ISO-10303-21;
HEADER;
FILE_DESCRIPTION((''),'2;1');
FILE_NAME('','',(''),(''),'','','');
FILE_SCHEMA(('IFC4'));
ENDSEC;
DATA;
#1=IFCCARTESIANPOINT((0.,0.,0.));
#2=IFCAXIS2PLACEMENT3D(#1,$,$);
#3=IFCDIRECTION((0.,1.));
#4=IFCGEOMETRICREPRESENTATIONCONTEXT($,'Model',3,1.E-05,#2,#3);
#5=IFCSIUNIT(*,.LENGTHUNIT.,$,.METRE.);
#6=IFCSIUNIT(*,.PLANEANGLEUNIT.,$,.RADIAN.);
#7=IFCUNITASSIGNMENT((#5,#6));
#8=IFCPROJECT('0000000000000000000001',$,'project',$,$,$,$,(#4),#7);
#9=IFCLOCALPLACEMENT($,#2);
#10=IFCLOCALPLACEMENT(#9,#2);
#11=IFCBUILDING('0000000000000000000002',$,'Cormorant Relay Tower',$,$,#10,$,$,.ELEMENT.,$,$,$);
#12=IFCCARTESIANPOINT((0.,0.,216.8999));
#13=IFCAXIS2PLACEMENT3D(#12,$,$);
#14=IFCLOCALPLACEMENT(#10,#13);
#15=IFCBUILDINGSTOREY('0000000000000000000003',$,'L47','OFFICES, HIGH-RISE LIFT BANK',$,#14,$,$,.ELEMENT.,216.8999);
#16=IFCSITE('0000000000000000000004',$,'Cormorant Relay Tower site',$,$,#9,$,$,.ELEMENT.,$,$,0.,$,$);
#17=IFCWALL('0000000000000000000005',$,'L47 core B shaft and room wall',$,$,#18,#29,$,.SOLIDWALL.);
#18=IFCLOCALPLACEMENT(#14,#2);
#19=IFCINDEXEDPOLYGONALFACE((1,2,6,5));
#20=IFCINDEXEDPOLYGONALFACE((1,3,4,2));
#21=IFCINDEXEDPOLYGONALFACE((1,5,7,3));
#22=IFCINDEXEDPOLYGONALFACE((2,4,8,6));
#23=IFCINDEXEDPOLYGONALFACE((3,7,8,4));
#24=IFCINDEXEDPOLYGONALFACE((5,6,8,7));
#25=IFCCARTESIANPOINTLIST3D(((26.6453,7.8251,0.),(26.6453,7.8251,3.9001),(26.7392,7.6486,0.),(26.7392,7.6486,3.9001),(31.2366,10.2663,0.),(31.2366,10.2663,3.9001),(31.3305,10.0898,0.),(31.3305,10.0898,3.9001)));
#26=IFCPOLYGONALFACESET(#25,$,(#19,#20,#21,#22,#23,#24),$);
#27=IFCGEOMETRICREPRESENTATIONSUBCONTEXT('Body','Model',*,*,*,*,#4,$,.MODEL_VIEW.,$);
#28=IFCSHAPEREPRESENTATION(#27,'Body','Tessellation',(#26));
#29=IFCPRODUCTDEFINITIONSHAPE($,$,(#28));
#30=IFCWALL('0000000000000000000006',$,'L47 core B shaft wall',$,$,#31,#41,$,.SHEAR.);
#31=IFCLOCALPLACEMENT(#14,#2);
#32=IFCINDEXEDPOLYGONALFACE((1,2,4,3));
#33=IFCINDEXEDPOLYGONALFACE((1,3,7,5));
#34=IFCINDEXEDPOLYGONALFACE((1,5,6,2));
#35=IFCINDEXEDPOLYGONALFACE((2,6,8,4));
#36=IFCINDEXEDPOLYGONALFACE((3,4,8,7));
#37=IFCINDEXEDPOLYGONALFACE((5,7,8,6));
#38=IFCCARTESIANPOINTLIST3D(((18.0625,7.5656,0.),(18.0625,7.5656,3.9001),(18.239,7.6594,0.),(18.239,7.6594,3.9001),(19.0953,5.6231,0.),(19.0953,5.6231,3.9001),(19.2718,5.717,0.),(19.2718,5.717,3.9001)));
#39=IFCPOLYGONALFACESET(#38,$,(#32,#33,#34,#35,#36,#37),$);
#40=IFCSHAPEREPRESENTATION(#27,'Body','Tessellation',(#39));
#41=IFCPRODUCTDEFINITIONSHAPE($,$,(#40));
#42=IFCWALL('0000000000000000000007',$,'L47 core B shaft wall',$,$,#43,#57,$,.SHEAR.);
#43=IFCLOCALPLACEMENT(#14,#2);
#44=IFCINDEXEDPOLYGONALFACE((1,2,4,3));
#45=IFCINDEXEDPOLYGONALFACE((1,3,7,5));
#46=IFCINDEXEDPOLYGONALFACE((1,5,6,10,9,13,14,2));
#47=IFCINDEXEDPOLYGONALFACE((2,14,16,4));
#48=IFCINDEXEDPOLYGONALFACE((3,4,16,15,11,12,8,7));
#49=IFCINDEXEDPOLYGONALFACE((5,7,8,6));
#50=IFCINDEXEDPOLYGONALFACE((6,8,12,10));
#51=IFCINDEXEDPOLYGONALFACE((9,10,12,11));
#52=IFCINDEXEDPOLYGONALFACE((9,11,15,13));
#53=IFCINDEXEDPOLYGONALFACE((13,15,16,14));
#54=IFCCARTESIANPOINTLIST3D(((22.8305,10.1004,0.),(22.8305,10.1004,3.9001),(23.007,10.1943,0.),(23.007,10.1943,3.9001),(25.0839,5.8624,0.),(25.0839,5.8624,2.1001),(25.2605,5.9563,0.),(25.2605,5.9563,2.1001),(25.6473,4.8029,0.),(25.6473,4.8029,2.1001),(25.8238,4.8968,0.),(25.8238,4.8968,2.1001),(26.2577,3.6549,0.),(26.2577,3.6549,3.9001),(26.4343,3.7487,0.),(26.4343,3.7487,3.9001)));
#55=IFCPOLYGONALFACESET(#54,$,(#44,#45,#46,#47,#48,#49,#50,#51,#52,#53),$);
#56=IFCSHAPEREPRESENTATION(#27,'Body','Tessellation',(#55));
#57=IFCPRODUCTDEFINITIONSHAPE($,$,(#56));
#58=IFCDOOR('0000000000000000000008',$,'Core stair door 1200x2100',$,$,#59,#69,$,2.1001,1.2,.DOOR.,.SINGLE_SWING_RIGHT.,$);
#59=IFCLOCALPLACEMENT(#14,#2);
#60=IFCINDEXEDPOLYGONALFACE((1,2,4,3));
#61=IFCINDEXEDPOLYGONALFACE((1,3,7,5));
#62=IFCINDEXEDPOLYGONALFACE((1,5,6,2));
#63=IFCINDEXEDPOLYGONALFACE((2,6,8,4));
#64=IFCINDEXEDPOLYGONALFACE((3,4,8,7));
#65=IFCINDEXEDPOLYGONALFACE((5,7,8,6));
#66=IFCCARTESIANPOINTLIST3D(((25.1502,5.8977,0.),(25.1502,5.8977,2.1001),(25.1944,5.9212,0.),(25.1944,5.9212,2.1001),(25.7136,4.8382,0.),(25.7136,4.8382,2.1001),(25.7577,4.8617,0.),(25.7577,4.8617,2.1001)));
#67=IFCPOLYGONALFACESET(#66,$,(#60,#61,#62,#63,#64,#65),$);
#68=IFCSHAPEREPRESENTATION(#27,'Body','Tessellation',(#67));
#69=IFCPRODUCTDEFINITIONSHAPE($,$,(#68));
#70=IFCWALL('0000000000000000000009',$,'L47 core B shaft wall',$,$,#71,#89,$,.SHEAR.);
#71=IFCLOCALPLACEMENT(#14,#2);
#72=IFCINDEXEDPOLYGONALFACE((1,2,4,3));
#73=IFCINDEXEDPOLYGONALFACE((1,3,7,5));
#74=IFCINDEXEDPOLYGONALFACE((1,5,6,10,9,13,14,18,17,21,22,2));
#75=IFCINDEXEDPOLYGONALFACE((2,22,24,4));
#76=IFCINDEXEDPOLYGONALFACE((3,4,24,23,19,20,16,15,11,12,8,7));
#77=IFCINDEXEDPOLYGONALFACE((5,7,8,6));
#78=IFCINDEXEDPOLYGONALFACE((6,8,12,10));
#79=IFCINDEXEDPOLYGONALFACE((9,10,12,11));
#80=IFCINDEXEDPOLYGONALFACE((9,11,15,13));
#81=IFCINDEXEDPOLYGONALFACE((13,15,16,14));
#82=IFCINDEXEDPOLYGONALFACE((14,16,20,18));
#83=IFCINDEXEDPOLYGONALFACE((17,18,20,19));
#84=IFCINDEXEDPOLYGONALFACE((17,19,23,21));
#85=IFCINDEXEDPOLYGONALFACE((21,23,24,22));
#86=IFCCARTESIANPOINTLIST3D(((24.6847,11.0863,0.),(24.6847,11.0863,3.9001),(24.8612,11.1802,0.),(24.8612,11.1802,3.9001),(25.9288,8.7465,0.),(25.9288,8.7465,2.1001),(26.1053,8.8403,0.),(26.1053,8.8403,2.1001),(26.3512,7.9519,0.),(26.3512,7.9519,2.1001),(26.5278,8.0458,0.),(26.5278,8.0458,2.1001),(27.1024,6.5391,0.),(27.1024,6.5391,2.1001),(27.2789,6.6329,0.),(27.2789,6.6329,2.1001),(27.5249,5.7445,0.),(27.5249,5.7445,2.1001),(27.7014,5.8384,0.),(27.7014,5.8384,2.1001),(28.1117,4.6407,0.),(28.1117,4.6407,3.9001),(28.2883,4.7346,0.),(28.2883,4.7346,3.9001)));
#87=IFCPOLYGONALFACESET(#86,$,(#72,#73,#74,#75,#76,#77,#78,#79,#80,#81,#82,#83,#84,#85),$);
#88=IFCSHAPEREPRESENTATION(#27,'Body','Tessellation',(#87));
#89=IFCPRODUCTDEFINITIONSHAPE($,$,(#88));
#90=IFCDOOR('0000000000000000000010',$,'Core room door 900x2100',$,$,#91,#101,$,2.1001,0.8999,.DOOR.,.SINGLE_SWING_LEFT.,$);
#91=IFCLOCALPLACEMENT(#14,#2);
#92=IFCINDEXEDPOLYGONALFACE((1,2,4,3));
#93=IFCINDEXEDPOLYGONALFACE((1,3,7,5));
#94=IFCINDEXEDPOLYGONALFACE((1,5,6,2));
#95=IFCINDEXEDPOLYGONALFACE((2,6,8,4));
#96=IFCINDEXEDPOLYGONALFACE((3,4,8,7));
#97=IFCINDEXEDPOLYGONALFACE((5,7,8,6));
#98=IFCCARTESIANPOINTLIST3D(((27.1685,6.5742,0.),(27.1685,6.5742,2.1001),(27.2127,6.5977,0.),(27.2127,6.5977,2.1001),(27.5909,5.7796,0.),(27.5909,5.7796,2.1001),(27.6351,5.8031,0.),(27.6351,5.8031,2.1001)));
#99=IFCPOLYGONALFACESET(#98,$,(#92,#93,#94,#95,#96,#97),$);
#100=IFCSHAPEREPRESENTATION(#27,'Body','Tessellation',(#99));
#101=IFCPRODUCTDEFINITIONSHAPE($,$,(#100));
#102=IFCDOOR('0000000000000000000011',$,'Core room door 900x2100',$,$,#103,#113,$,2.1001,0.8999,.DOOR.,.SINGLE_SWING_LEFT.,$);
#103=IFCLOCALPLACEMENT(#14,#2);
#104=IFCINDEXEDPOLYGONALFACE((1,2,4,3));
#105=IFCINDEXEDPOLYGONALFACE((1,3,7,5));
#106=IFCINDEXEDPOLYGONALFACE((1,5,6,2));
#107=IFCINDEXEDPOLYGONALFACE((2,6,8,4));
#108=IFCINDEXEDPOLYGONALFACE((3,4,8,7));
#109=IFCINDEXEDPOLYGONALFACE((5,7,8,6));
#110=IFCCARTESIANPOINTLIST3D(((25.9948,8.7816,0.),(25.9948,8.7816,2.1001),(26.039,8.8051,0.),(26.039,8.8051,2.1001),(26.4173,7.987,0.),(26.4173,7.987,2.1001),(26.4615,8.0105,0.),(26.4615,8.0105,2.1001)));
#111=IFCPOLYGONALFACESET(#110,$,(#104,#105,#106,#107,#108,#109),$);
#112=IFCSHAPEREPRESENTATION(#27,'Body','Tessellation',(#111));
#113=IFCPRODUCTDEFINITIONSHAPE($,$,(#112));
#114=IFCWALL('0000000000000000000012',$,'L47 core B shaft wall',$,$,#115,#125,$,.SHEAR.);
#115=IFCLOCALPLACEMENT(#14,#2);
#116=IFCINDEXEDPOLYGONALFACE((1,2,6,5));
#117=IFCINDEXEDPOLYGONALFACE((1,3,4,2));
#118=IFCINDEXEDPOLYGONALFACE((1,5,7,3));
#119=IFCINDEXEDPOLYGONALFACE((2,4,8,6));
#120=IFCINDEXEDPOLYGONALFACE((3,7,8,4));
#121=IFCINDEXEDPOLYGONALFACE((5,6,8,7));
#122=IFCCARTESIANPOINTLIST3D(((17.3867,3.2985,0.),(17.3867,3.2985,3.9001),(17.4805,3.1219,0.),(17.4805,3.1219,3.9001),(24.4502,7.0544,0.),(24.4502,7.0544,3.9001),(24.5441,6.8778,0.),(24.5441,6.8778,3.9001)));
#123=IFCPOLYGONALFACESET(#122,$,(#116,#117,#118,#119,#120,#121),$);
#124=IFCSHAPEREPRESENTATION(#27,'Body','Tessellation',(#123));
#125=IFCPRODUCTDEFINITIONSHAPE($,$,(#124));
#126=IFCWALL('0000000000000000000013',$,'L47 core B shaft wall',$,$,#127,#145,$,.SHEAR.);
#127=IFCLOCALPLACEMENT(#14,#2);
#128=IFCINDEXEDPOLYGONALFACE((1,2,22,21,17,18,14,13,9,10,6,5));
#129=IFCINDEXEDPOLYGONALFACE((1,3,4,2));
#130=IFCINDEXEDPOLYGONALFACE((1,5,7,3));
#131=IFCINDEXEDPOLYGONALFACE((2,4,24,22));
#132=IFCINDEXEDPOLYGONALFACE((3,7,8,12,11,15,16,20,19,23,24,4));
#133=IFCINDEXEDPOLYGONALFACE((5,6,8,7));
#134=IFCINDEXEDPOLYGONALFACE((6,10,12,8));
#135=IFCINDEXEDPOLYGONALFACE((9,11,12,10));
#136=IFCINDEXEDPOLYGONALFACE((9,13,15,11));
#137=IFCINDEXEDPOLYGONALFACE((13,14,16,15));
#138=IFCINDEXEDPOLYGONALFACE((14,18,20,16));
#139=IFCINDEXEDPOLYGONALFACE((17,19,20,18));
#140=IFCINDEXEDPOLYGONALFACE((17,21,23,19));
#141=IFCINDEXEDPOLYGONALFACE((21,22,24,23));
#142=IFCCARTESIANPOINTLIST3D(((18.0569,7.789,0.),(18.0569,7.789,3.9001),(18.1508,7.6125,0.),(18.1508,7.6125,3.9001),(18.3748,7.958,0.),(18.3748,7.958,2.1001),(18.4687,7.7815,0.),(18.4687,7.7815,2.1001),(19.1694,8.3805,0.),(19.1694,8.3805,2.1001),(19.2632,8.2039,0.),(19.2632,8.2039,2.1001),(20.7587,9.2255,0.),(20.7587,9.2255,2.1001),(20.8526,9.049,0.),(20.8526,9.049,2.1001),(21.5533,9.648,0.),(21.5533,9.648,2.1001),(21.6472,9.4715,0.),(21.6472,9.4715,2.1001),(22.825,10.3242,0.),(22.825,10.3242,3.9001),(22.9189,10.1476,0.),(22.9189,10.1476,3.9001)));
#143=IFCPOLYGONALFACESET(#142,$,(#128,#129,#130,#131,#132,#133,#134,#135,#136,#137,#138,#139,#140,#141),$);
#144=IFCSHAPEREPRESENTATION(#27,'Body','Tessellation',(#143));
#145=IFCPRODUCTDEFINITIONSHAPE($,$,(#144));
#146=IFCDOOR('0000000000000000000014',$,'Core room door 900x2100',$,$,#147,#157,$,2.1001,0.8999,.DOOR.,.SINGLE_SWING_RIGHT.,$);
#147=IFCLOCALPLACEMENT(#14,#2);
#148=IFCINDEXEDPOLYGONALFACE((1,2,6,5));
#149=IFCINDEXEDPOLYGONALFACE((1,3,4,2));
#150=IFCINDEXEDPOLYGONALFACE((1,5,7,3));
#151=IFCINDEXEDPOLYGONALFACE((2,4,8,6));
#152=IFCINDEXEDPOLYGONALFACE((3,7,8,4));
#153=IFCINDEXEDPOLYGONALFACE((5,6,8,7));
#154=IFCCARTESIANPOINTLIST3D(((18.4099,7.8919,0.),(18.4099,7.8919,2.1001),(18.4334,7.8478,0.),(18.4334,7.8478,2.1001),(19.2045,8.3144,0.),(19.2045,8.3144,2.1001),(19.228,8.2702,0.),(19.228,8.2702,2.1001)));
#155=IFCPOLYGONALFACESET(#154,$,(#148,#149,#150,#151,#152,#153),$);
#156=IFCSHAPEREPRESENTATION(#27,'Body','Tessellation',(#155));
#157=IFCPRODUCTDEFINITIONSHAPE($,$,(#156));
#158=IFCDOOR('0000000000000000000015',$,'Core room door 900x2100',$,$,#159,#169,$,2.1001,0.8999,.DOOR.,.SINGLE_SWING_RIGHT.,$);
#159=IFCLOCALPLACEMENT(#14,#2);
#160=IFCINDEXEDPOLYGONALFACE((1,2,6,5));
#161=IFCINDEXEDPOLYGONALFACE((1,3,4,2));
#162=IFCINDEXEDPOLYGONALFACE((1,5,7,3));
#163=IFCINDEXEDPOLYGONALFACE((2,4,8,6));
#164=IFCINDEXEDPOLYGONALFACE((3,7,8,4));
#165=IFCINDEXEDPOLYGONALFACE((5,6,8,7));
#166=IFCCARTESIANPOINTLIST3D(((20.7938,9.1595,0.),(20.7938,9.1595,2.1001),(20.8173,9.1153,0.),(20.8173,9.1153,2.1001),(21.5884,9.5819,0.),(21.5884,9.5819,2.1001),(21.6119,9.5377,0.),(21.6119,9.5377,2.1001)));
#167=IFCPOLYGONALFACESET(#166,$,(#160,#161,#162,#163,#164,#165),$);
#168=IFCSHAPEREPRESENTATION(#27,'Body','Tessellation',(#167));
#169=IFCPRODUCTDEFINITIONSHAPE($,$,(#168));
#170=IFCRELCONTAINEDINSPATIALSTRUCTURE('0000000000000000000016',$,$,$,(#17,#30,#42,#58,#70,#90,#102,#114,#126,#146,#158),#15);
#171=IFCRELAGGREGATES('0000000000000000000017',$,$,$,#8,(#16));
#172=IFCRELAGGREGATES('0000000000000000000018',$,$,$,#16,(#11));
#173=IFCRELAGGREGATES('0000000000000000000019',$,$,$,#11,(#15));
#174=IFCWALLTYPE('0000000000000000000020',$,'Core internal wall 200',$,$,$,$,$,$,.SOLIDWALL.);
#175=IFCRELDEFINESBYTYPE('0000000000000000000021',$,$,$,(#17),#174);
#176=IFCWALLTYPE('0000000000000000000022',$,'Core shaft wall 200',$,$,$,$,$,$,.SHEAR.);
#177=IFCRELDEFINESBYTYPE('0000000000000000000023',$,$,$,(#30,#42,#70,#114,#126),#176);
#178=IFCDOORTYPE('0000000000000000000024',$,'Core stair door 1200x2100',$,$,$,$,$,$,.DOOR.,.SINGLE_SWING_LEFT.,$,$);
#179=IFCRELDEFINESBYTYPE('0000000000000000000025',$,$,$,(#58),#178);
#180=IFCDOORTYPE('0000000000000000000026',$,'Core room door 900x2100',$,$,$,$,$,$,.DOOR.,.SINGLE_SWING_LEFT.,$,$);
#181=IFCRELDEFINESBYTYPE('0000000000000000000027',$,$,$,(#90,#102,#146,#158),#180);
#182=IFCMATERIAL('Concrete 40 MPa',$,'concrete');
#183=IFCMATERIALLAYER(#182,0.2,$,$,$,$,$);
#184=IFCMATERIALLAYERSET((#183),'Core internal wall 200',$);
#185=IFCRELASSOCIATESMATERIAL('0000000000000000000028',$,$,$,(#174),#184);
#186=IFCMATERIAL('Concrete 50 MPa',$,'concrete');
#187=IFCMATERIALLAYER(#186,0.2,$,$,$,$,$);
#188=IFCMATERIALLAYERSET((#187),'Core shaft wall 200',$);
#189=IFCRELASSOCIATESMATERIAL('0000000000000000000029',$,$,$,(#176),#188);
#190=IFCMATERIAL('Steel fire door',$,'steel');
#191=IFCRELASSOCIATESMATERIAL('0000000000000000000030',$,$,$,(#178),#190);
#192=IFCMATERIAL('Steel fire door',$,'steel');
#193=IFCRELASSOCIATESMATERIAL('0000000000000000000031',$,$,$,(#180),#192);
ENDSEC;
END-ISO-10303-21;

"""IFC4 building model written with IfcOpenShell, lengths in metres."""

from ifc_helpers import new_model, si_unit, direction, frame, frame_2d, origin, place, context, subcontext, project, spatial, rectangle, extrude, material, layer, layer_set, type_object, element, fill, save


model = new_model("IFC4")

# Units and contexts
model_context = context("Model", 3, precision=1e-05, world=origin(), true_north=direction((0.0, 1.0)))
body_context = subcontext(model_context, "Body", "Model", "MODEL_VIEW")
ifc_project = project(units=[si_unit("LENGTHUNIT", "METRE"), si_unit("PLANEANGLEUNIT", "RADIAN")], contexts=[model_context])

# Site, building, storey
site_placement = place(None, origin())
site = spatial("IfcSite", under=ifc_project, at=site_placement, Name="Cormorant Relay Tower site", CompositionType="ELEMENT", RefElevation=0.0)
building_placement = place(site_placement, origin())
building = spatial("IfcBuilding", under=site, at=building_placement, Name="Cormorant Relay Tower", CompositionType="ELEMENT")
storey_placement = place(building_placement, frame((0.0, 0.0, 216.8999)))
storey = spatial("IfcBuildingStorey", under=building, at=storey_placement, Name="L47", Description="OFFICES, HIGH-RISE LIFT BANK", CompositionType="ELEMENT", Elevation=216.8999)

# Walls
ifc_material_1 = material(Name="Concrete 40 MPa", Category="concrete")
ifc_layer_1 = layer(ifc_material_1, 0.2)
ifc_layer_set_1 = layer_set([ifc_layer_1], Name="Core internal wall 200")
wall_type_1 = type_object("IfcWallType", Name="Core internal wall 200", PredefinedType="SOLIDWALL", material=ifc_layer_set_1)
wall_1_placement = place(storey_placement, frame((26.6921, 7.7368, 0.0), z_axis=(0.0, 0.0, 1.0), x_axis=(0.882954, 0.46946, 0.0)))
element("IfcWall", 1, at=wall_1_placement, inside=storey, type_object=wall_type_1, Name="L47 core B shaft and room wall", PredefinedType="SOLIDWALL", context=body_context, shape_type="SweptSolid", body=[
    extrude(rectangle(XDim=5.2, YDim=0.2, at=frame_2d((2.6001, 0.0))), origin(), (0.0, 0.0, 1.0), 3.9001),
])
ifc_material_2 = material(Name="Concrete 50 MPa", Category="concrete")
ifc_layer_2 = layer(ifc_material_2, 0.2)
ifc_layer_set_2 = layer_set([ifc_layer_2], Name="Core shaft wall 200")
wall_type_2 = type_object("IfcWallType", Name="Core shaft wall 200", PredefinedType="SHEAR", material=ifc_layer_set_2)
wall_2_placement = place(storey_placement, frame((19.1836, 5.6699, 0.0), z_axis=(0.0, 0.0, 1.0), x_axis=(-0.469447, 0.88296, 0.0)))
element("IfcWall", 2, at=wall_2_placement, inside=storey, type_object=wall_type_2, Name="L47 core B shaft wall", PredefinedType="SHEAR", context=body_context, shape_type="SweptSolid", body=[
    extrude(rectangle(XDim=2.2, YDim=0.2, at=frame_2d((1.1001, 0.0))), origin(), (0.0, 0.0, 1.0), 3.9001),
])

# Wall, opening, door
wall_3_placement = place(storey_placement, frame((26.3459, 3.7019, 0.0), z_axis=(0.0, 0.0, 1.0), x_axis=(-0.46948, 0.882943, 0.0)))
wall_3 = element("IfcWall", 3, at=wall_3_placement, inside=storey, type_object=wall_type_2, Name="L47 core B shaft wall", PredefinedType="SHEAR", context=body_context, shape_type="SweptSolid", body=[
    extrude(rectangle(XDim=7.3, YDim=0.2, at=frame_2d((3.6499, 0.0))), origin(), (0.0, 0.0, 1.0), 3.9001),
])
opening_1_placement = place(wall_3_placement, frame((1.3, 0.0, 0.0)))
opening_1 = element("IfcOpeningElement", 4, at=opening_1_placement, cuts=wall_3, PredefinedType="OPENING", context=body_context, shape_type="SweptSolid", body=[
    extrude(rectangle(XDim=1.2, YDim=2.1001, at=frame_2d((0.6001, 1.05))), frame((0.0, 0.1099, 0.0), z_axis=(0.0, -1.0, 0.0), x_axis=(1.0, 0.0, 0.0)), (0.0, 0.0, 1.0), 0.22),
])
ifc_material_3 = material(Name="Steel fire door", Category="steel")
door_type_1 = type_object("IfcDoorType", Name="Core stair door 1200x2100", OperationType="SINGLE_SWING_LEFT", PredefinedType="DOOR", material=ifc_material_3)
door_1_placement = place(opening_1_placement, origin())
door_1 = element("IfcDoor", 5, at=door_1_placement, inside=storey, type_object=door_type_1, Name="Core stair door 1200x2100", OperationType="SINGLE_SWING_RIGHT", OverallHeight=2.1001, OverallWidth=1.2, PredefinedType="DOOR", context=body_context, shape_type="SweptSolid", body=[
    extrude(rectangle(XDim=1.2, YDim=2.1001, at=frame_2d((0.6001, 1.05))), frame((0.0, 0.0249, 0.0), z_axis=(0.0, -1.0, 0.0), x_axis=(1.0, 0.0, 0.0)), (0.0, 0.0, 1.0), 0.05),
])
fill(opening_1, door_1)

# Wall, openings, doors
wall_4_placement = place(storey_placement, frame((28.2, 4.6877, 0.0), z_axis=(0.0, 0.0, 1.0), x_axis=(-0.469454, 0.882957, 0.0)))
wall_4 = element("IfcWall", 6, at=wall_4_placement, inside=storey, type_object=wall_type_2, Name="L47 core B shaft wall", PredefinedType="SHEAR", context=body_context, shape_type="SweptSolid", body=[
    extrude(rectangle(XDim=7.3, YDim=0.2, at=frame_2d((3.6499, 0.0))), origin(), (0.0, 0.0, 1.0), 3.9001),
])
opening_2_placement = place(wall_4_placement, frame((1.25, 0.0, 0.0)))
opening_2 = element("IfcOpeningElement", 7, at=opening_2_placement, cuts=wall_4, PredefinedType="OPENING", context=body_context, shape_type="SweptSolid", body=[
    extrude(rectangle(XDim=0.8999, YDim=2.1001, at=frame_2d((0.45, 1.05))), frame((0.0, 0.1099, 0.0), z_axis=(0.0, -1.0, 0.0), x_axis=(1.0, 0.0, 0.0)), (0.0, 0.0, 1.0), 0.22),
])
opening_3_placement = place(wall_4_placement, frame((3.75, 0.0, 0.0)))
opening_3 = element("IfcOpeningElement", 8, at=opening_3_placement, cuts=wall_4, PredefinedType="OPENING", context=body_context, shape_type="SweptSolid", body=[
    extrude(rectangle(XDim=0.8999, YDim=2.1001, at=frame_2d((0.45, 1.05))), frame((0.0, 0.1099, 0.0), z_axis=(0.0, -1.0, 0.0), x_axis=(1.0, 0.0, 0.0)), (0.0, 0.0, 1.0), 0.22),
])
ifc_material_4 = material(Name="Steel fire door", Category="steel")
door_type_2 = type_object("IfcDoorType", Name="Core room door 900x2100", OperationType="SINGLE_SWING_LEFT", PredefinedType="DOOR", material=ifc_material_4)
door_2_placement = place(opening_2_placement, frame((0.8999, 0.0, 0.0), z_axis=(0.0, 0.0, 1.0), x_axis=(-1.0, 0.0, 0.0)))
door_2 = element("IfcDoor", 9, at=door_2_placement, inside=storey, type_object=door_type_2, Name="Core room door 900x2100", OperationType="SINGLE_SWING_LEFT", OverallHeight=2.1001, OverallWidth=0.8999, PredefinedType="DOOR", context=body_context, shape_type="SweptSolid", body=[
    extrude(rectangle(XDim=0.8999, YDim=2.1001, at=frame_2d((0.45, 1.05))), frame((0.0, 0.0249, 0.0), z_axis=(0.0, -1.0, 0.0), x_axis=(1.0, 0.0, 0.0)), (0.0, 0.0, 1.0), 0.05),
])
fill(opening_2, door_2)
door_3_placement = place(opening_3_placement, frame((0.8999, 0.0, 0.0), z_axis=(0.0, 0.0, 1.0), x_axis=(-1.0, 0.0, 0.0)))
door_3 = element("IfcDoor", 10, at=door_3_placement, inside=storey, type_object=door_type_2, Name="Core room door 900x2100", OperationType="SINGLE_SWING_LEFT", OverallHeight=2.1001, OverallWidth=0.8999, PredefinedType="DOOR", context=body_context, shape_type="SweptSolid", body=[
    extrude(rectangle(XDim=0.8999, YDim=2.1001, at=frame_2d((0.45, 1.05))), frame((0.0, 0.0249, 0.0), z_axis=(0.0, -1.0, 0.0), x_axis=(1.0, 0.0, 0.0)), (0.0, 0.0, 1.0), 0.05),
])
fill(opening_3, door_3)

# Wall
wall_5_placement = place(storey_placement, frame((17.4336, 3.2102, 0.0), z_axis=(0.0, 0.0, 1.0), x_axis=(0.88294, 0.469485, 0.0)))
element("IfcWall", 11, at=wall_5_placement, inside=storey, type_object=wall_type_2, Name="L47 core B shaft wall", PredefinedType="SHEAR", context=body_context, shape_type="SweptSolid", body=[
    extrude(rectangle(XDim=8.0, YDim=0.2, at=frame_2d((4.0, 0.0))), origin(), (0.0, 0.0, 1.0), 3.9001),
])

# Wall, openings, doors
wall_6_placement = place(storey_placement, frame((18.1038, 7.7007, 0.0), z_axis=(0.0, 0.0, 1.0), x_axis=(0.882953, 0.469462, 0.0)))
wall_6 = element("IfcWall", 12, at=wall_6_placement, inside=storey, type_object=wall_type_2, Name="L47 core B shaft wall", PredefinedType="SHEAR", context=body_context, shape_type="SweptSolid", body=[
    extrude(rectangle(XDim=5.4001, YDim=0.2, at=frame_2d((2.7002, 0.0))), origin(), (0.0, 0.0, 1.0), 3.9001),
])
opening_4_placement = place(wall_6_placement, frame((0.3601, 0.0, 0.0)))
opening_4 = element("IfcOpeningElement", 13, at=opening_4_placement, cuts=wall_6, PredefinedType="OPENING", context=body_context, shape_type="SweptSolid", body=[
    extrude(rectangle(XDim=0.8999, YDim=2.1001, at=frame_2d((0.45, 1.05))), frame((0.0, 0.1099, 0.0), z_axis=(0.0, -1.0, 0.0), x_axis=(1.0, 0.0, 0.0)), (0.0, 0.0, 1.0), 0.22),
])
opening_5_placement = place(wall_6_placement, frame((3.0601, 0.0, 0.0)))
opening_5 = element("IfcOpeningElement", 14, at=opening_5_placement, cuts=wall_6, PredefinedType="OPENING", context=body_context, shape_type="SweptSolid", body=[
    extrude(rectangle(XDim=0.8999, YDim=2.1001, at=frame_2d((0.45, 1.05))), frame((0.0, 0.1099, 0.0), z_axis=(0.0, -1.0, 0.0), x_axis=(1.0, 0.0, 0.0)), (0.0, 0.0, 1.0), 0.22),
])
door_4_placement = place(opening_4_placement, frame((0.8999, 0.0, 0.0), z_axis=(0.0, 0.0, 1.0), x_axis=(-1.0, 0.0, 0.0)))
door_4 = element("IfcDoor", 15, at=door_4_placement, inside=storey, type_object=door_type_2, Name="Core room door 900x2100", OperationType="SINGLE_SWING_RIGHT", OverallHeight=2.1001, OverallWidth=0.8999, PredefinedType="DOOR", context=body_context, shape_type="SweptSolid", body=[
    extrude(rectangle(XDim=0.8999, YDim=2.1001, at=frame_2d((0.45, 1.05))), frame((0.0, 0.0249, 0.0), z_axis=(0.0, -1.0, 0.0), x_axis=(1.0, 0.0, 0.0)), (0.0, 0.0, 1.0), 0.05),
])
fill(opening_4, door_4)
door_5_placement = place(opening_5_placement, frame((0.8999, 0.0, 0.0), z_axis=(0.0, 0.0, 1.0), x_axis=(-1.0, 0.0, 0.0)))
door_5 = element("IfcDoor", 16, at=door_5_placement, inside=storey, type_object=door_type_2, Name="Core room door 900x2100", OperationType="SINGLE_SWING_RIGHT", OverallHeight=2.1001, OverallWidth=0.8999, PredefinedType="DOOR", context=body_context, shape_type="SweptSolid", body=[
    extrude(rectangle(XDim=0.8999, YDim=2.1001, at=frame_2d((0.45, 1.05))), frame((0.0, 0.0249, 0.0), z_axis=(0.0, -1.0, 0.0), x_axis=(1.0, 0.0, 0.0)), (0.0, 0.0, 1.0), 0.05),
])
fill(opening_5, door_5)

save(model, "model.ifc")
